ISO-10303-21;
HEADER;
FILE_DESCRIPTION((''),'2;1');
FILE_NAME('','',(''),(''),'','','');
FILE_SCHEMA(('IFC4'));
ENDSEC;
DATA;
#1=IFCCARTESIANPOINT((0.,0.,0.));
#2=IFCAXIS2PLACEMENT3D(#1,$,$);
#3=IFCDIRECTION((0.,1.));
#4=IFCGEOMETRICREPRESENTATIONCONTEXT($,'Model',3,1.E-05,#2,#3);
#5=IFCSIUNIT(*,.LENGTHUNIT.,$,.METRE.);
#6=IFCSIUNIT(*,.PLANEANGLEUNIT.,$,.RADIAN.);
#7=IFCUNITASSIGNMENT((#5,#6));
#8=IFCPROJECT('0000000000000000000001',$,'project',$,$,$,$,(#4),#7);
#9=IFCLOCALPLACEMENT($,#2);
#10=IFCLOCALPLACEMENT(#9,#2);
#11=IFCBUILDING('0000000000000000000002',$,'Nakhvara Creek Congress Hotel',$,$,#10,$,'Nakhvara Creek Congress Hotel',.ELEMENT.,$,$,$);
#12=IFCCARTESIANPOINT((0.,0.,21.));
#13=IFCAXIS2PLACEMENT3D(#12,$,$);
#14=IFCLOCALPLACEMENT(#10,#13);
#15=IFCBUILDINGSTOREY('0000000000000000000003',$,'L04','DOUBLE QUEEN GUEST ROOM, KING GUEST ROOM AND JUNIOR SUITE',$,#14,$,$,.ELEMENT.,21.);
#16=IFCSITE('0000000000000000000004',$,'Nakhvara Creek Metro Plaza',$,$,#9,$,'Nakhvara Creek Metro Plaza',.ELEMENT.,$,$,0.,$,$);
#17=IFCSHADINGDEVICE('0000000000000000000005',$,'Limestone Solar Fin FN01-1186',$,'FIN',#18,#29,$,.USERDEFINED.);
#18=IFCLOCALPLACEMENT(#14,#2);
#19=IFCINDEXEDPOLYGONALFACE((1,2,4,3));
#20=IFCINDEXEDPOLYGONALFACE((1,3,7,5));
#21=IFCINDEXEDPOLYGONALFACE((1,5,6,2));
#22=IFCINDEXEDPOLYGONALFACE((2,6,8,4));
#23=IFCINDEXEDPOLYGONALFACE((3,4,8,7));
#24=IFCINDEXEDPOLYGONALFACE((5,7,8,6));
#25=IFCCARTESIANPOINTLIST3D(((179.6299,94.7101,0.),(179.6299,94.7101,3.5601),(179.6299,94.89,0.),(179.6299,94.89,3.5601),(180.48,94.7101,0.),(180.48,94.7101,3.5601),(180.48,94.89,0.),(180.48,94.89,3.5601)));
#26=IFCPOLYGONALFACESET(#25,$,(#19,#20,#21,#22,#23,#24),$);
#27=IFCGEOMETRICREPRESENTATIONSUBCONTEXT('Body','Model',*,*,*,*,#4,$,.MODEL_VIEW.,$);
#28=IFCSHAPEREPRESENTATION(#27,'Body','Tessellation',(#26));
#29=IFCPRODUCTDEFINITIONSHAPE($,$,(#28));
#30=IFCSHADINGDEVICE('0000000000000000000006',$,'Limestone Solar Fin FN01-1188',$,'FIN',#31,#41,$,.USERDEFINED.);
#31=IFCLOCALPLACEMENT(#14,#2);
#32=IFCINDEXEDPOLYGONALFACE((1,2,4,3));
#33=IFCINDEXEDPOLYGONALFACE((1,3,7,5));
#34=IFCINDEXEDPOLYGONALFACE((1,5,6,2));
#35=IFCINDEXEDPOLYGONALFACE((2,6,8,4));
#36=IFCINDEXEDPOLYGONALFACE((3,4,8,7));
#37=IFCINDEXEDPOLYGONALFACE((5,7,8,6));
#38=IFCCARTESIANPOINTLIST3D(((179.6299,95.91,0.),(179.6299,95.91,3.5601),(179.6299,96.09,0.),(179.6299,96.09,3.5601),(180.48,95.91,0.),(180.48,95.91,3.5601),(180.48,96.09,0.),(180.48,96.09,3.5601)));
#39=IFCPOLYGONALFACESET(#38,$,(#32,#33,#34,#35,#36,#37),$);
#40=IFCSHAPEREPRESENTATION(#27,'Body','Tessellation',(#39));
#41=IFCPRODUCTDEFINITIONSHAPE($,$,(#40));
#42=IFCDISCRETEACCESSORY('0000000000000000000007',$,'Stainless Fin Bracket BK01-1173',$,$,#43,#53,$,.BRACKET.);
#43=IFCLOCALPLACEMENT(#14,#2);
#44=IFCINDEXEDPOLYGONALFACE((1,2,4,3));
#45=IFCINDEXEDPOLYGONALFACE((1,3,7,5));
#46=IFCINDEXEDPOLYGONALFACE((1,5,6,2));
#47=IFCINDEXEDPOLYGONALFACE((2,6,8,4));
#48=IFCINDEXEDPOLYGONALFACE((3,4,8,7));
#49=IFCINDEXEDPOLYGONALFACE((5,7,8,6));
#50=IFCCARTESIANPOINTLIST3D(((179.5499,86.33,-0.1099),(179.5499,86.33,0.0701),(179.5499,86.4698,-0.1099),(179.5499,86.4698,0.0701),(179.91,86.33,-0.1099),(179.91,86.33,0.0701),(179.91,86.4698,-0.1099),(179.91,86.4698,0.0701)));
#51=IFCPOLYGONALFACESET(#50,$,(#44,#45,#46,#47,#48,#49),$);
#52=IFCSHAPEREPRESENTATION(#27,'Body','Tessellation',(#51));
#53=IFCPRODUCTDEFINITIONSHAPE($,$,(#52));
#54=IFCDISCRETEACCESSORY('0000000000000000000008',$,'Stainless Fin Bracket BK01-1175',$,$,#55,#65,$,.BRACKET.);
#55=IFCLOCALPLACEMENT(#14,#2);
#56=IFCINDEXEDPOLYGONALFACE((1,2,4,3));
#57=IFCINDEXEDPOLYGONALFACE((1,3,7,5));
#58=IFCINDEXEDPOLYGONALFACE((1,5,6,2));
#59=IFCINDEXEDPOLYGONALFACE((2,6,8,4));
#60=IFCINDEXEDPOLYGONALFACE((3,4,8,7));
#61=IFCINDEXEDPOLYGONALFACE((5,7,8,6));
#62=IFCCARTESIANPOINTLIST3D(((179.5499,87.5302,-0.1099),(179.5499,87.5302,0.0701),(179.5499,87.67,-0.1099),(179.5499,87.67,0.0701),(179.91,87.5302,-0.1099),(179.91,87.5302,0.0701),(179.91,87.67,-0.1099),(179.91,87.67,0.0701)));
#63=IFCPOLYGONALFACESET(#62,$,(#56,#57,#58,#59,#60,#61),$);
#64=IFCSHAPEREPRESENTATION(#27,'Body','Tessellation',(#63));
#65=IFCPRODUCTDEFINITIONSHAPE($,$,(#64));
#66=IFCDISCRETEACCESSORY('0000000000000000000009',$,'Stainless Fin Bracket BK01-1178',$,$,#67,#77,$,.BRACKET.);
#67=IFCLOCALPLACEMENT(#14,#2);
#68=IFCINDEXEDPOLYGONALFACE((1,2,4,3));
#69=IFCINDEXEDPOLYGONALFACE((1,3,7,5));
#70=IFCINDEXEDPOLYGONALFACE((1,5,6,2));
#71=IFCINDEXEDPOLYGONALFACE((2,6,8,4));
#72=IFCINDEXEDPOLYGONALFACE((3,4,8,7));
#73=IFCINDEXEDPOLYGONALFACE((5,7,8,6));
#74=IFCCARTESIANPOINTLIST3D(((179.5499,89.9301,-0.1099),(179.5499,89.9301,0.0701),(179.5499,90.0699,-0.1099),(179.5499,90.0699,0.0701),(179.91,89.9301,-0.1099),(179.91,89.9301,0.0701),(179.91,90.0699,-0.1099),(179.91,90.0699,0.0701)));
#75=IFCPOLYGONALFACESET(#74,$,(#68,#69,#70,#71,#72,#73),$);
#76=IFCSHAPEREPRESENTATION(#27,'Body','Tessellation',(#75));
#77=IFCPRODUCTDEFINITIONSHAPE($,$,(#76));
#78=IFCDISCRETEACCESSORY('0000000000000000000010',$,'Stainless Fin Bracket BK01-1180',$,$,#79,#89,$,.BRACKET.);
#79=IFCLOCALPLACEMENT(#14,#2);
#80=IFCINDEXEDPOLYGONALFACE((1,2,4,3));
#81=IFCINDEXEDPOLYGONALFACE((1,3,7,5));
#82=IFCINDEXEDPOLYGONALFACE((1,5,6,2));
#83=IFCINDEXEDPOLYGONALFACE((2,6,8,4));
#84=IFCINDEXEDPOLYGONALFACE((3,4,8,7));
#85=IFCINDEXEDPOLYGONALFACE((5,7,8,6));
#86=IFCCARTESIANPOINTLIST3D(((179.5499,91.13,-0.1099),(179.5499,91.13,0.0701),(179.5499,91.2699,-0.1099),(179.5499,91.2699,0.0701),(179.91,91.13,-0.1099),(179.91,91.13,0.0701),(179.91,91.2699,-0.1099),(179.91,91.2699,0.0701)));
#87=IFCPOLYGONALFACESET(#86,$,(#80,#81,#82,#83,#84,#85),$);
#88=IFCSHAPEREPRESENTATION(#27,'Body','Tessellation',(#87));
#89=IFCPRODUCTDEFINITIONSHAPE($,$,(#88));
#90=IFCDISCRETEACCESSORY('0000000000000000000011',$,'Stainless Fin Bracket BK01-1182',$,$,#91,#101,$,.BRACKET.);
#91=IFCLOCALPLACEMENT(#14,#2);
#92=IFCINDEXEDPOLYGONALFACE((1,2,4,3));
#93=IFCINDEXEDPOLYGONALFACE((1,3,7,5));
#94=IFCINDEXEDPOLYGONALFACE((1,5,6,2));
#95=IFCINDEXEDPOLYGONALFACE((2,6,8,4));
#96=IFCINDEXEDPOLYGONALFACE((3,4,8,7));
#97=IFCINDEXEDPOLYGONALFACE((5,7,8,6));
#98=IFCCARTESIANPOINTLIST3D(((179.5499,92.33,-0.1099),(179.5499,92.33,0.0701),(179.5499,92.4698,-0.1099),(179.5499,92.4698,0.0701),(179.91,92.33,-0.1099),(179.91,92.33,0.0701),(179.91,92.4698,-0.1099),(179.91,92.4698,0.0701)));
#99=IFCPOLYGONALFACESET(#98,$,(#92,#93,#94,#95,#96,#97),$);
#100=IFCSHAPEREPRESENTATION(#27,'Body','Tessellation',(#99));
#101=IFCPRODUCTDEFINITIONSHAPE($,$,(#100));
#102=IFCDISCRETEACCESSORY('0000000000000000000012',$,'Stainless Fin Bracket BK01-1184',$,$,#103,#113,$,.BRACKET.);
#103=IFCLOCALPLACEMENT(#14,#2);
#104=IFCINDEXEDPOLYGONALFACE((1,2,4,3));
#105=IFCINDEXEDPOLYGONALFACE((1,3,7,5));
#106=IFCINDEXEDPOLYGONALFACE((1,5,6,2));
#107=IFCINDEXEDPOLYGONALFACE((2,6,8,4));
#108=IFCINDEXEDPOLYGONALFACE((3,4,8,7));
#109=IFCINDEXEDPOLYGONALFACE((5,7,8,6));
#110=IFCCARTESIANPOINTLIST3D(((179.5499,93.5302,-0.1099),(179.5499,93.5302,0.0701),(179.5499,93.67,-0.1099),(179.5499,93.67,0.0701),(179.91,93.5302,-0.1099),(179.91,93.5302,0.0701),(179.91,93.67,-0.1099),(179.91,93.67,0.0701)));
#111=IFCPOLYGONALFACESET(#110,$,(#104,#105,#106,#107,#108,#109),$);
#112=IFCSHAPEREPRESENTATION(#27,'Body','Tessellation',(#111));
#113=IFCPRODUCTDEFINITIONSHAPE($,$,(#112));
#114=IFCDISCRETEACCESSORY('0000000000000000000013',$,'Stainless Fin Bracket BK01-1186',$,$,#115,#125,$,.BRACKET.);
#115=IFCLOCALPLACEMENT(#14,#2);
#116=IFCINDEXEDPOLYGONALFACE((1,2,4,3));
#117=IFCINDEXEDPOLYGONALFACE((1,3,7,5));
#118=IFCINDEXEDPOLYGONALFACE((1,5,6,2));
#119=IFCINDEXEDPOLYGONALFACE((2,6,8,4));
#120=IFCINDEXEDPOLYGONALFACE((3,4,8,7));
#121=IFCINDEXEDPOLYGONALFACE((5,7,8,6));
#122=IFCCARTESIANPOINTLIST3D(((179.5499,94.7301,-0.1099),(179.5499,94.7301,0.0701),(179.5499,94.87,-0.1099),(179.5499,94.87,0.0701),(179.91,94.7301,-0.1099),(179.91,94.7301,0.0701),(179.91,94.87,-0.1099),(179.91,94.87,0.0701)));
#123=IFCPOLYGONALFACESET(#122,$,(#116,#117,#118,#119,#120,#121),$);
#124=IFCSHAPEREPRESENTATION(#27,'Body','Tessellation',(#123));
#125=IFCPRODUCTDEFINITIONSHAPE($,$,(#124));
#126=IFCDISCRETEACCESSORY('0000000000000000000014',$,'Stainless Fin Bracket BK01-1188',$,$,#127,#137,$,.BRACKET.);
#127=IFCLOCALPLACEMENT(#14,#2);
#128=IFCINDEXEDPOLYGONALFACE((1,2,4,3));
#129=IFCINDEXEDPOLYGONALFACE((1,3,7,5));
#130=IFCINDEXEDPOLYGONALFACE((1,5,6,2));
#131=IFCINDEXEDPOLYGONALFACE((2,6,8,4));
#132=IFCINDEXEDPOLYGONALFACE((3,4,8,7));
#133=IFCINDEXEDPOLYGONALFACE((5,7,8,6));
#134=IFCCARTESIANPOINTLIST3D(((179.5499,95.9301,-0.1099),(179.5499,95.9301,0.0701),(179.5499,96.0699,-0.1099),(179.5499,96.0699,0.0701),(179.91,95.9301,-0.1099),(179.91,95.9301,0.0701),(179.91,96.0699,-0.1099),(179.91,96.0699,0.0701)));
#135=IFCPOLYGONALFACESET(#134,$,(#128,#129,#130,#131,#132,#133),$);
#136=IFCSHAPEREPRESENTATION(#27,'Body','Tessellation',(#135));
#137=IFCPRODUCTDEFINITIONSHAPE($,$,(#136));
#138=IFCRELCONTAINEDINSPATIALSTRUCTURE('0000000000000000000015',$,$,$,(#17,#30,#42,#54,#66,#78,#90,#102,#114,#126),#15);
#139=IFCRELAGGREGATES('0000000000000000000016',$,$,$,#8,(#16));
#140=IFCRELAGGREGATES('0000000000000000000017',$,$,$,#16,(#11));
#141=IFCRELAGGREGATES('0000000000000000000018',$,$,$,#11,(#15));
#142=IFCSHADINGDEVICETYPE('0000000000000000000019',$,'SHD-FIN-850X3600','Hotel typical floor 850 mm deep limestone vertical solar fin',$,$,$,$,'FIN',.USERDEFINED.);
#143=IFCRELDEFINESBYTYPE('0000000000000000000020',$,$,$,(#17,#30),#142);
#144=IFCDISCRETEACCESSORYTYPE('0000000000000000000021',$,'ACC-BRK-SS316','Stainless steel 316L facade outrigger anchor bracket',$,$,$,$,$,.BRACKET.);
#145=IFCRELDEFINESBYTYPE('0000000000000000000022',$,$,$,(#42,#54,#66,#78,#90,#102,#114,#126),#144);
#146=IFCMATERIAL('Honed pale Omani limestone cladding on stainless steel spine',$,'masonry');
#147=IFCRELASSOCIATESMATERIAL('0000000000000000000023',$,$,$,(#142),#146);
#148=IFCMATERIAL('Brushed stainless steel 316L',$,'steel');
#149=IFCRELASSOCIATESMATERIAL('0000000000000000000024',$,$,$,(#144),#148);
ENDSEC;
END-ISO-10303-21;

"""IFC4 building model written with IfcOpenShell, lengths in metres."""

from ifc_helpers import new_model, si_unit, direction, frame, origin, origin_2d, place, context, subcontext, project, spatial, rectangle, extrude, material, type_object, element, save


model = new_model("IFC4")

# Units and contexts
model_context = context("Model", 3, precision=1e-05, world=origin(), true_north=direction((0.0, 1.0)))
body_context = subcontext(model_context, "Body", "Model", "MODEL_VIEW")
ifc_project = project(units=[si_unit("LENGTHUNIT", "METRE"), si_unit("PLANEANGLEUNIT", "RADIAN")], contexts=[model_context])

# Site, building, storey
site_placement = place(None, origin())
site = spatial("IfcSite", under=ifc_project, at=site_placement, Name="Nakhvara Creek Metro Plaza", LongName="Nakhvara Creek Metro Plaza", CompositionType="ELEMENT", RefElevation=0.0)
building_placement = place(site_placement, origin())
building = spatial("IfcBuilding", under=site, at=building_placement, Name="Nakhvara Creek Congress Hotel", LongName="Nakhvara Creek Congress Hotel", CompositionType="ELEMENT")
storey_placement = place(building_placement, frame((0.0, 0.0, 21.0)))
storey = spatial("IfcBuildingStorey", under=building, at=storey_placement, Name="L04", Description="DOUBLE QUEEN GUEST ROOM, KING GUEST ROOM AND JUNIOR SUITE", CompositionType="ELEMENT", Elevation=21.0)

# Shading devices
ifc_material_1 = material(Name="Honed pale Omani limestone cladding on stainless steel spine", Category="masonry")
shading_device_type = type_object("IfcShadingDeviceType", Name="SHD-FIN-850X3600", Description="Hotel typical floor 850 mm deep limestone vertical solar fin", ElementType="FIN", PredefinedType="USERDEFINED", material=ifc_material_1)
for number, where, z_axis, x_axis, name in (
    (1, (180.0549, 94.8, 0.0), (0.0, 0.0, 1.0), (0.0, 1.0, 0.0), "Limestone Solar Fin FN01-1186"),
    (2, (180.0549, 96.0, 0.0), (0.0, 0.0, 1.0), (0.0, 1.0, 0.0), "Limestone Solar Fin FN01-1188"),
):
    element("IfcShadingDevice", number, at=place(storey_placement, frame(where, z_axis=z_axis, x_axis=x_axis)), inside=storey, type_object=shading_device_type, Name=name, ObjectType="FIN", PredefinedType="USERDEFINED", context=body_context, shape_type="SweptSolid", body=[
        extrude(rectangle(XDim=0.1799, YDim=0.8501, at=origin_2d()), origin(), (0.0, 0.0, 1.0), 3.5601),
    ])

# Discrete accessories
ifc_material_2 = material(Name="Brushed stainless steel 316L", Category="steel")
discrete_accessory_type = type_object("IfcDiscreteAccessoryType", Name="ACC-BRK-SS316", Description="Stainless steel 316L facade outrigger anchor bracket", PredefinedType="BRACKET", material=ifc_material_2)
for number, where, z_axis, x_axis, name in (
    (3, (179.73, 86.3999, -0.1099), (0.0, 0.0, 1.0), (0.0, 1.0, 0.0), "Stainless Fin Bracket BK01-1173"),
    (4, (179.73, 87.6001, -0.1099), (0.0, 0.0, 1.0), (0.0, 1.0, 0.0), "Stainless Fin Bracket BK01-1175"),
    (5, (179.73, 90.0, -0.1099), (0.0, 0.0, 1.0), (0.0, 1.0, 0.0), "Stainless Fin Bracket BK01-1178"),
    (6, (179.73, 91.2, -0.1099), (0.0, 0.0, 1.0), (0.0, 1.0, 0.0), "Stainless Fin Bracket BK01-1180"),
    (7, (179.73, 92.3999, -0.1099), (0.0, 0.0, 1.0), (0.0, 1.0, 0.0), "Stainless Fin Bracket BK01-1182"),
    (8, (179.73, 93.6001, -0.1099), (0.0, 0.0, 1.0), (0.0, 1.0, 0.0), "Stainless Fin Bracket BK01-1184"),
    (9, (179.73, 94.8, -0.1099), (0.0, 0.0, 1.0), (0.0, 1.0, 0.0), "Stainless Fin Bracket BK01-1186"),
    (10, (179.73, 96.0, -0.1099), (0.0, 0.0, 1.0), (0.0, 1.0, 0.0), "Stainless Fin Bracket BK01-1188"),
):
    element("IfcDiscreteAccessory", number, at=place(storey_placement, frame(where, z_axis=z_axis, x_axis=x_axis)), inside=storey, type_object=discrete_accessory_type, Name=name, PredefinedType="BRACKET", context=body_context, shape_type="SweptSolid", body=[
        extrude(rectangle(XDim=0.1399, YDim=0.3601, at=origin_2d()), origin(), (0.0, 0.0, 1.0), 0.1799),
    ])

save(model, "model.ifc")
